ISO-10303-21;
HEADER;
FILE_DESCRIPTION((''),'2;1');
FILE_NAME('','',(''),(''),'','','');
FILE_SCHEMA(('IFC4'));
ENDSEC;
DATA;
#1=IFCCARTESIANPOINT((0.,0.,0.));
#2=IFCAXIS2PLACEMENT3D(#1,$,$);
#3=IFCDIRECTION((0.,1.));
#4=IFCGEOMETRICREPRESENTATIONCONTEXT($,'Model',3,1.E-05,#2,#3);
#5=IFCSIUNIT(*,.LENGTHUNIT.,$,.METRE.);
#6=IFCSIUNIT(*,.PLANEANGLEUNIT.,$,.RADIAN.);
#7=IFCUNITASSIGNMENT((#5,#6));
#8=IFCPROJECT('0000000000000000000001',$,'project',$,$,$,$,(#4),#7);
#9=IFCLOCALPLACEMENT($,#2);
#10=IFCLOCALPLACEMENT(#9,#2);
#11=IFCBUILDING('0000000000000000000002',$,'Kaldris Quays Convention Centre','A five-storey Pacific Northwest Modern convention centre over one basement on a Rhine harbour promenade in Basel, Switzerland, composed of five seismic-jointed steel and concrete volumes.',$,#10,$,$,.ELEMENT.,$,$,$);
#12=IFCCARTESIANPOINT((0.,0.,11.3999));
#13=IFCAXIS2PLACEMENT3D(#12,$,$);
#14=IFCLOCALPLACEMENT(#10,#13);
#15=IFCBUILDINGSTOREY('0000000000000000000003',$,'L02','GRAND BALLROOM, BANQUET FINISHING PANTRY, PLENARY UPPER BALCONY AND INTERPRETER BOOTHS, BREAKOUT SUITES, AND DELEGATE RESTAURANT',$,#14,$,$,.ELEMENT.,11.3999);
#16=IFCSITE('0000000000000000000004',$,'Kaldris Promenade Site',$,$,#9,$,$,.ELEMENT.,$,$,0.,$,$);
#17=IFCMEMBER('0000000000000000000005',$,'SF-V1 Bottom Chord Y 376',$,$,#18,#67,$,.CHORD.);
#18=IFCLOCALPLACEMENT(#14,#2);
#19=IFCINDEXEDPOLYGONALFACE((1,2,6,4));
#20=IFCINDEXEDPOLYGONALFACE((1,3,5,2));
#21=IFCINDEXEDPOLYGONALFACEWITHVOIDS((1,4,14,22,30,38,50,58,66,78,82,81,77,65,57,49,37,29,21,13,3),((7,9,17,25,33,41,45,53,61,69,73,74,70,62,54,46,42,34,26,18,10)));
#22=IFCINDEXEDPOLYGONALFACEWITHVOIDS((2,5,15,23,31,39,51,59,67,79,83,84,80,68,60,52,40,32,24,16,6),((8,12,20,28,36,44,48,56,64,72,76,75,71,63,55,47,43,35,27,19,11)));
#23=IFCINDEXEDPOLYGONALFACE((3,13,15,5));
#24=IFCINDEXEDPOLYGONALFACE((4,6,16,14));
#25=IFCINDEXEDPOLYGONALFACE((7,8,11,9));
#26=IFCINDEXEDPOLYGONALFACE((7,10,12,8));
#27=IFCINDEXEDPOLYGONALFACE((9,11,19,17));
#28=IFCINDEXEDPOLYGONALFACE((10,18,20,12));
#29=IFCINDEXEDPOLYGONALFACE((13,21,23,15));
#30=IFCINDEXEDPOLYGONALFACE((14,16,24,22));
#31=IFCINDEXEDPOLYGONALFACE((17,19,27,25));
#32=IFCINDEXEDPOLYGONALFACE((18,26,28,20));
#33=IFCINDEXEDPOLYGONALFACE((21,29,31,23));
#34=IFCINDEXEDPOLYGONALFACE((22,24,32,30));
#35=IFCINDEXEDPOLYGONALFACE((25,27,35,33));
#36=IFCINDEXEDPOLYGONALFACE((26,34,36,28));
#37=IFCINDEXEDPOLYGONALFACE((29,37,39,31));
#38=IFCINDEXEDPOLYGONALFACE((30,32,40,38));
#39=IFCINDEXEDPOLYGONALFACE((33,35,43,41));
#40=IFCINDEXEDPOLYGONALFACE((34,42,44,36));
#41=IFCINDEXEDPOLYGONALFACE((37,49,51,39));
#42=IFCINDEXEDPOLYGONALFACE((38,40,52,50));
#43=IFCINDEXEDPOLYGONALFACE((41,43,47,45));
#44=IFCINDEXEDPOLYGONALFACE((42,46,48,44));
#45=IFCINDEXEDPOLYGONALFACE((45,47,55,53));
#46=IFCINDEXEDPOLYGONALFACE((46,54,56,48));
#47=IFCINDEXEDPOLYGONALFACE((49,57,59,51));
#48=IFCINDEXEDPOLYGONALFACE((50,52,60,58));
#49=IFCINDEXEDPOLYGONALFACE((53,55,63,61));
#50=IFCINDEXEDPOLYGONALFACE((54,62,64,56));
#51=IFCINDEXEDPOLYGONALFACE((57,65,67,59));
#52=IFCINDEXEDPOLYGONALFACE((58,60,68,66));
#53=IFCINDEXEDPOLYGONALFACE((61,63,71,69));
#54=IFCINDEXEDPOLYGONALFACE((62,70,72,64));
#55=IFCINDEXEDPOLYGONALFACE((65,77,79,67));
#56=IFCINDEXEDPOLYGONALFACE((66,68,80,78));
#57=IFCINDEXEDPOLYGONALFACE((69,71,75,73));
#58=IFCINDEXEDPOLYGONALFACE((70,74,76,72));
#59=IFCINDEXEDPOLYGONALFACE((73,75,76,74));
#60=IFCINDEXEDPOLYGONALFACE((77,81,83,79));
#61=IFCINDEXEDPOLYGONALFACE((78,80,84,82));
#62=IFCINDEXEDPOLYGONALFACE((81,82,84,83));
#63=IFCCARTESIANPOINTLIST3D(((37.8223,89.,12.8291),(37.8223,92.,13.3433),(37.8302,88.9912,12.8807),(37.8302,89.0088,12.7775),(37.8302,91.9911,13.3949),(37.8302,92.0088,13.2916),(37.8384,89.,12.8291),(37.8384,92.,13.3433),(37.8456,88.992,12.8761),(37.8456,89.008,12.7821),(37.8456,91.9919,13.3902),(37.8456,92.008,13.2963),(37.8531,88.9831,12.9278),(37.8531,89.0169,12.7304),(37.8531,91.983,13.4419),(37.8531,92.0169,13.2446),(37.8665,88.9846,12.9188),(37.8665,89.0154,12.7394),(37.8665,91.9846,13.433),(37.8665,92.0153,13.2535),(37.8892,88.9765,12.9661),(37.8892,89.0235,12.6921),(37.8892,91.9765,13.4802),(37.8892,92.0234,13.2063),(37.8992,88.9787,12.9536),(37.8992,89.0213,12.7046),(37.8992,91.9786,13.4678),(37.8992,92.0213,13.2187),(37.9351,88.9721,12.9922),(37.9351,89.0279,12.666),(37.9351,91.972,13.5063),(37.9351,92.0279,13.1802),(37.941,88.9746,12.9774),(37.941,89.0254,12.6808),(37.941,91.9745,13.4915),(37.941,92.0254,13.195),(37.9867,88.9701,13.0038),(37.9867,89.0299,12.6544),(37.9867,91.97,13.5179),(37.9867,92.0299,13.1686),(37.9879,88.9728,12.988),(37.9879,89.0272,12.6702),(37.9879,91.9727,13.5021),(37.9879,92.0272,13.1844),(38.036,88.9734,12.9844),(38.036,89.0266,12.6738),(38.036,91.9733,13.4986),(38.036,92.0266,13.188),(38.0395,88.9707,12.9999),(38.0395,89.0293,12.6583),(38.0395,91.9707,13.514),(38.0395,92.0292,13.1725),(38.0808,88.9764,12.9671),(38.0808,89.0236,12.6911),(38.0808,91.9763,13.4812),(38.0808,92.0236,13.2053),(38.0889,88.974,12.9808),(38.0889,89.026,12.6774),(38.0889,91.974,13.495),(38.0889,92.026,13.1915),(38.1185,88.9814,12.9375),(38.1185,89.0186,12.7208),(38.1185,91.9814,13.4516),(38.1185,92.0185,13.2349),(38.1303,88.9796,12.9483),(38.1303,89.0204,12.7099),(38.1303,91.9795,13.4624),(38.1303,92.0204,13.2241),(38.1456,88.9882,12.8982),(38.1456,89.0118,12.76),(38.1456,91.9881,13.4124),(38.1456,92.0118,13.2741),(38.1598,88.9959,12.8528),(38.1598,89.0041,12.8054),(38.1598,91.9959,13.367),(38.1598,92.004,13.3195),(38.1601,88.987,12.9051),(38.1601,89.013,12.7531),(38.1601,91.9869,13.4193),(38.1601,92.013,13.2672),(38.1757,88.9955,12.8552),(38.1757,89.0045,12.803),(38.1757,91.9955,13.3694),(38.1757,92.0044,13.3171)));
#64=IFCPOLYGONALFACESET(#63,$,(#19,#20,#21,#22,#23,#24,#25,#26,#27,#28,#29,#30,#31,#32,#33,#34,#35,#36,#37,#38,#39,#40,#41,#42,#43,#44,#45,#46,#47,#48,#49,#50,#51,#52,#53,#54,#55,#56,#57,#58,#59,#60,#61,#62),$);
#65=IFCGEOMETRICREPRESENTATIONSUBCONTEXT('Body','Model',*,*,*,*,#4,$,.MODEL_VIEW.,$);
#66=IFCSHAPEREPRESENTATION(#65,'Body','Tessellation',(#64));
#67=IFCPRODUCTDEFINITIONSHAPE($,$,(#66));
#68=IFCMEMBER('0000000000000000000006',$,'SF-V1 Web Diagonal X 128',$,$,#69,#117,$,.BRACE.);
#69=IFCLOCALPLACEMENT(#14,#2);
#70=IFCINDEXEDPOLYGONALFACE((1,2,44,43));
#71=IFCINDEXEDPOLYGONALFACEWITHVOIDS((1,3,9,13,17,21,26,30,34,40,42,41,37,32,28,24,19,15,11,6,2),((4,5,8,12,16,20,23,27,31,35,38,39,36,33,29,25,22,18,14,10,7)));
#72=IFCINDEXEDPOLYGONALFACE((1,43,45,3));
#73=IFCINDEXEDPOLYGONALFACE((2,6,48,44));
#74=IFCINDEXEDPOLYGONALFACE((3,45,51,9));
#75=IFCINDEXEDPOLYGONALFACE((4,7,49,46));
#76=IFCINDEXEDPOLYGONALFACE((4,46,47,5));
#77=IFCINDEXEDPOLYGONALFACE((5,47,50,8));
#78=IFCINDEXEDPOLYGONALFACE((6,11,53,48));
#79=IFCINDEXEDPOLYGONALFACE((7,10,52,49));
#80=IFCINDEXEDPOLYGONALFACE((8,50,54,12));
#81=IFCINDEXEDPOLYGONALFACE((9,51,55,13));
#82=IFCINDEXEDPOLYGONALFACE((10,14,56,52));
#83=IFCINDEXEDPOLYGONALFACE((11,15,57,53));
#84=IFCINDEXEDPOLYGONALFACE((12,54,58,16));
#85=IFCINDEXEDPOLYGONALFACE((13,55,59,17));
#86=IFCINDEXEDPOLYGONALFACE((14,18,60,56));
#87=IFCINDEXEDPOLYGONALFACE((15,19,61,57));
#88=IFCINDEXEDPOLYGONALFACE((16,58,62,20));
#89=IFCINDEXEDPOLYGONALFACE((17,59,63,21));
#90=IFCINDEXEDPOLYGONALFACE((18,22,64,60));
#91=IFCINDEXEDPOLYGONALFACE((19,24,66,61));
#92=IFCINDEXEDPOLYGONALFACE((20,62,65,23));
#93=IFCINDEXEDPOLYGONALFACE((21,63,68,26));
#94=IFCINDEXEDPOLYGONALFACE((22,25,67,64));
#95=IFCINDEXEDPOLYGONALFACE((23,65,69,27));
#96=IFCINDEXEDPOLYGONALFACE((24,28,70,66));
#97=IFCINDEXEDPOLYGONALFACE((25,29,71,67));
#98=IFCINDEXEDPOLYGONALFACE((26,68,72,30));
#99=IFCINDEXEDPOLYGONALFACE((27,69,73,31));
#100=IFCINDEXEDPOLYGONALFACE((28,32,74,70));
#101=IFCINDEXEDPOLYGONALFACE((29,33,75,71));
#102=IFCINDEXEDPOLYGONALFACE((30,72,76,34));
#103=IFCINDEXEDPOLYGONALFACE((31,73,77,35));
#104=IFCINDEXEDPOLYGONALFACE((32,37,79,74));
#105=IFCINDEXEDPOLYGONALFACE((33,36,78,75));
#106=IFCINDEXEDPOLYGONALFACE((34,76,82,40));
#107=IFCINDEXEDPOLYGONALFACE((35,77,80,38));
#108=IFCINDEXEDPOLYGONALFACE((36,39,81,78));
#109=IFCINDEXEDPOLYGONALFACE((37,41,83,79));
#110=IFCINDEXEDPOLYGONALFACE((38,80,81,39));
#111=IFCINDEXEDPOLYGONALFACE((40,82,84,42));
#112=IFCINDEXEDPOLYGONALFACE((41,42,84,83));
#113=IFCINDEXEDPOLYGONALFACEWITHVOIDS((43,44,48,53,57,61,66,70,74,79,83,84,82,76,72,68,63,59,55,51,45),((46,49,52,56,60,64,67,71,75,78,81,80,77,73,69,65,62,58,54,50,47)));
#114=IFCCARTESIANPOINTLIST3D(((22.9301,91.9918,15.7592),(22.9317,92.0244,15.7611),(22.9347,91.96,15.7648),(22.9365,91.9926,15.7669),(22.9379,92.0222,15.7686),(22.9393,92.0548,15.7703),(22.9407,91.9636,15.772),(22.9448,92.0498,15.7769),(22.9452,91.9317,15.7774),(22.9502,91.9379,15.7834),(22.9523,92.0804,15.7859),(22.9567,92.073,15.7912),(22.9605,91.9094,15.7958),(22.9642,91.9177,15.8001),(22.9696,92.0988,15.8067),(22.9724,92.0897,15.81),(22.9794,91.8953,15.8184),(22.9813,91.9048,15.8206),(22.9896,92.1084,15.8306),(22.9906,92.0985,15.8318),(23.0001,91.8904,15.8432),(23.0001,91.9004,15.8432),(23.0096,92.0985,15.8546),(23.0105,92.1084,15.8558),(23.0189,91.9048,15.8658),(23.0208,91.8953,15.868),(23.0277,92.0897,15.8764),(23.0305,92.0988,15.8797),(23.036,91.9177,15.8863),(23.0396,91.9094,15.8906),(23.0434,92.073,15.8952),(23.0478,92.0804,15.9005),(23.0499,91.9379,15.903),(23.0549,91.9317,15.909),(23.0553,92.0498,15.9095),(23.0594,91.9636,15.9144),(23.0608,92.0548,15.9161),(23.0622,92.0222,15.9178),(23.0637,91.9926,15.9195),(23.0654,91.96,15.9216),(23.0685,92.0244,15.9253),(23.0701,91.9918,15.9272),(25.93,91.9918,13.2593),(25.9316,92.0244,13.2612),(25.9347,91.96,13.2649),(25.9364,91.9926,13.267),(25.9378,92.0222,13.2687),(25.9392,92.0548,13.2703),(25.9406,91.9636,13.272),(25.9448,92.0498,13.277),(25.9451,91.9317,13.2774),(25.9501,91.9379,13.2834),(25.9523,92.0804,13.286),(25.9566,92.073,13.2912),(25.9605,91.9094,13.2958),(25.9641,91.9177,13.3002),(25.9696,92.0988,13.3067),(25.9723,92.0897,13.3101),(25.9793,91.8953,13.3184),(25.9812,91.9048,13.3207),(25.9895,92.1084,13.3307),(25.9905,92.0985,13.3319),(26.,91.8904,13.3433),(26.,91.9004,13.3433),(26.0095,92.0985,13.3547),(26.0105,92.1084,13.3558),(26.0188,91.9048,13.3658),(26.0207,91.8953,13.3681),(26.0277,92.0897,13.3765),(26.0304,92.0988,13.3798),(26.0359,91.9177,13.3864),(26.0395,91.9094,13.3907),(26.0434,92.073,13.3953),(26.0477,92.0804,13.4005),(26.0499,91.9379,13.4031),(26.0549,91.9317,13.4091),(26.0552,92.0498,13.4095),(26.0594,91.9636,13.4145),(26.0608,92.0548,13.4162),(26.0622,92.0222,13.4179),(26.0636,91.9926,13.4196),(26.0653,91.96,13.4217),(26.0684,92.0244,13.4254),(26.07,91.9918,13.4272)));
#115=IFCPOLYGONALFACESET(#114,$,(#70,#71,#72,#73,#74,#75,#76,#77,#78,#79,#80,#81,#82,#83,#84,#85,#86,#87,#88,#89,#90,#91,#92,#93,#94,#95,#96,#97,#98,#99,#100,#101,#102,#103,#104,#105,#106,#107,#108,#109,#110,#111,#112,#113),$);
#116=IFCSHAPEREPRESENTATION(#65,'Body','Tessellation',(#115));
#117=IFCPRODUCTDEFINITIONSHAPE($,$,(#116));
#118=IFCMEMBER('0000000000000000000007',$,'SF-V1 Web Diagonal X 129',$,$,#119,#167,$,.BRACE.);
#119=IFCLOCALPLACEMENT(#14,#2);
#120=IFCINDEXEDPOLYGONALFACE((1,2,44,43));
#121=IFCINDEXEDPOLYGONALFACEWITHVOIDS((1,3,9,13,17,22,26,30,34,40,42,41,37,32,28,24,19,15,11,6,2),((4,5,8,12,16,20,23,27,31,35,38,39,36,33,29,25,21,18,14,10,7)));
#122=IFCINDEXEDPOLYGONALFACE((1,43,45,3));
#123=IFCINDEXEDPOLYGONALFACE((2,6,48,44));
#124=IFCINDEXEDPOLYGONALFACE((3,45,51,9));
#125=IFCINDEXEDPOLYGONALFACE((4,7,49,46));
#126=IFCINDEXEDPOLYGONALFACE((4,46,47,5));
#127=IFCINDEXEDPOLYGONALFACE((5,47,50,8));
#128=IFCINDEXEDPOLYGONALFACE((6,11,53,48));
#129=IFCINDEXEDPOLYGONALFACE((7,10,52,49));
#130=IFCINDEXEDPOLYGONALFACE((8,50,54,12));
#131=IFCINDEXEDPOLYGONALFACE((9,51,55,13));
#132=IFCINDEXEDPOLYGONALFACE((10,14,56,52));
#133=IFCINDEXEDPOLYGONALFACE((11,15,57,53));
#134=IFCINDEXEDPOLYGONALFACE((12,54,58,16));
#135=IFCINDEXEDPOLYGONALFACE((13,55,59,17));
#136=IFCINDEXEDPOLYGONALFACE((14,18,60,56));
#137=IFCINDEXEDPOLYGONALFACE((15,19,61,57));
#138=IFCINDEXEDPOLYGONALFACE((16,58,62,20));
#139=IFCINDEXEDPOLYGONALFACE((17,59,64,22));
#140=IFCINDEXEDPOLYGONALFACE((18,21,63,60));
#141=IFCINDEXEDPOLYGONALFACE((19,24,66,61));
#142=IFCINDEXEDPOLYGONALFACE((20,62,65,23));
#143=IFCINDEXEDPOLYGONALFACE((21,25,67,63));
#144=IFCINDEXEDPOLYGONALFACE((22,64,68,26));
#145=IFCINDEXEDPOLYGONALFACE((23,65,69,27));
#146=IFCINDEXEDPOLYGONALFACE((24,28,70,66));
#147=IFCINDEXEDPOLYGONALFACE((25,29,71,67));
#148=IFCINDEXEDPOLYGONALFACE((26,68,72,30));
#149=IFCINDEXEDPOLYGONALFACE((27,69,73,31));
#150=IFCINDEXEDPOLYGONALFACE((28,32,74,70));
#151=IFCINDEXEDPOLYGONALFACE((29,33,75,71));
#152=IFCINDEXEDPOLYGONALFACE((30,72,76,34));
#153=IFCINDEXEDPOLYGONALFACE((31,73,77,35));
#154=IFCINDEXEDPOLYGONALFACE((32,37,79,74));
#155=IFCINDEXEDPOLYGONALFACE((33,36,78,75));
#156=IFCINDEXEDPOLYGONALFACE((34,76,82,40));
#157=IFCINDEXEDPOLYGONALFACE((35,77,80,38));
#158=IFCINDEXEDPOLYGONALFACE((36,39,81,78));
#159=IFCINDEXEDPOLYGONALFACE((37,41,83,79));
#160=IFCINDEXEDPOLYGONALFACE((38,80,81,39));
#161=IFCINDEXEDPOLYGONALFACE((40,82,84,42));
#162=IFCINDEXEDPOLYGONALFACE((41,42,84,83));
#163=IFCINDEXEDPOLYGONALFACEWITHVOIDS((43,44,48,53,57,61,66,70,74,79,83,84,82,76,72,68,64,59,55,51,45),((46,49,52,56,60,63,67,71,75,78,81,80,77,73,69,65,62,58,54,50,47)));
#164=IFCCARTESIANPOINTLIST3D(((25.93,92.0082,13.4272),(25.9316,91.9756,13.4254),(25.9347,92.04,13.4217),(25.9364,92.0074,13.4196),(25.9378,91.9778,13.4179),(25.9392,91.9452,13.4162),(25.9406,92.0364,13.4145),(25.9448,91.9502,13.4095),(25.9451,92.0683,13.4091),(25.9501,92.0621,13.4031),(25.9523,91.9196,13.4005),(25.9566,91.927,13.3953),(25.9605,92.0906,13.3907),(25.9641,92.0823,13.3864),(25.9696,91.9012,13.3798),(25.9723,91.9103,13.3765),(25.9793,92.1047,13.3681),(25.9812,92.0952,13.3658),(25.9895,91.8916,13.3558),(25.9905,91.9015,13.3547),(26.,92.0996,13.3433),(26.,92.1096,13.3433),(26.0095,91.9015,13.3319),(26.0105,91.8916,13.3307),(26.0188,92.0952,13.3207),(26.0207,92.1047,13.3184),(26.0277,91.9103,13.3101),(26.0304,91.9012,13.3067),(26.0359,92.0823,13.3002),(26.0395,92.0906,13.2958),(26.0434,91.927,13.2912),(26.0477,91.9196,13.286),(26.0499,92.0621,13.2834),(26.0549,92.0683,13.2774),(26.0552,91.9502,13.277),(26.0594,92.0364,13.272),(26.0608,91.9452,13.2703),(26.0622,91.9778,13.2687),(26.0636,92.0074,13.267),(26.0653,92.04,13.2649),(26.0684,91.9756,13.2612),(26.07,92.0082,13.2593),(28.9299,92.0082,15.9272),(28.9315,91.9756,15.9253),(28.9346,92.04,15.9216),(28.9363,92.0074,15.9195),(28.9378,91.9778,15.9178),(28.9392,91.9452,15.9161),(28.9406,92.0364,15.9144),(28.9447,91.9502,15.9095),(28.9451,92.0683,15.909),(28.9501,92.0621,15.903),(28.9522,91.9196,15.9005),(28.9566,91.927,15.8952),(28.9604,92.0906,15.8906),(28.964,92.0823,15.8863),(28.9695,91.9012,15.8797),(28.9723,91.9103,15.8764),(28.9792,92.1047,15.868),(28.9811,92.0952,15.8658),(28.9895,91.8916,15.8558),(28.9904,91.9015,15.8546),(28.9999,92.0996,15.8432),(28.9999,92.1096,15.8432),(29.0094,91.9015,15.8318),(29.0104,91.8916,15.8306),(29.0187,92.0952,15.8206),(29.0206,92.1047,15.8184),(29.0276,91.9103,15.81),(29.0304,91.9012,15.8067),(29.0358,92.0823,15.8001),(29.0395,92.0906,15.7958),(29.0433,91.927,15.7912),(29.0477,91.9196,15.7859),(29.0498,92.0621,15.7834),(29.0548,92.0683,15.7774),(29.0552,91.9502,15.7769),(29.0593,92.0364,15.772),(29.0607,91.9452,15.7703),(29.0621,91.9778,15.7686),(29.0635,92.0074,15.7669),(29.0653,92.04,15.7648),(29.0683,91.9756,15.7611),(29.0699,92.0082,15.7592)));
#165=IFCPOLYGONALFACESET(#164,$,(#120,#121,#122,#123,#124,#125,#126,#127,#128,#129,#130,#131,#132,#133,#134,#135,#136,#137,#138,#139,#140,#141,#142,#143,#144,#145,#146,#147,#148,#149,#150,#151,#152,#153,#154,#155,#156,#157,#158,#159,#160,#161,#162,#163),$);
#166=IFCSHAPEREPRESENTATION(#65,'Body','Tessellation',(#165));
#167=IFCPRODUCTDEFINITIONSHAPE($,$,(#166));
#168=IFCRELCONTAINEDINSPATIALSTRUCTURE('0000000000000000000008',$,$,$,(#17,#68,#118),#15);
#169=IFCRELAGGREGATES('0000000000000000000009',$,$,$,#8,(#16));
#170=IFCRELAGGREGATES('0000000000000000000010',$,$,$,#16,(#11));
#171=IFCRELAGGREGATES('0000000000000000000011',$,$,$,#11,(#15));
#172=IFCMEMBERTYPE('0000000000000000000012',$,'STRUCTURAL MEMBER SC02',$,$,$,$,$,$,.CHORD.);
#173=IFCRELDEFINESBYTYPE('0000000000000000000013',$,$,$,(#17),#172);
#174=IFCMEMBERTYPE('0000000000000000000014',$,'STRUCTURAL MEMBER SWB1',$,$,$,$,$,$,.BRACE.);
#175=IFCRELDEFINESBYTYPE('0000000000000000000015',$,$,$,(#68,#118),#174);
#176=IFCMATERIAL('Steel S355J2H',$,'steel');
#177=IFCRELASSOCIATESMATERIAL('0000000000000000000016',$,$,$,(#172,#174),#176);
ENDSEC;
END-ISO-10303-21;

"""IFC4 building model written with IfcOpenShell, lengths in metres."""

from ifc_helpers import new_model, si_unit, direction, frame, origin, origin_2d, place, context, subcontext, project, spatial, hollow_circle, extrude, material, material_profile, profile_set, type_object, element, save


model = new_model("IFC4")

# Units and contexts
model_context = context("Model", 3, precision=1e-05, world=origin(), true_north=direction((0.0, 1.0)))
body_context = subcontext(model_context, "Body", "Model", "MODEL_VIEW")
ifc_project = project(units=[si_unit("LENGTHUNIT", "METRE"), si_unit("PLANEANGLEUNIT", "RADIAN")], contexts=[model_context])

# Site, building, storey
site_placement = place(None, origin())
site = spatial("IfcSite", under=ifc_project, at=site_placement, Name="Kaldris Promenade Site", CompositionType="ELEMENT", RefElevation=0.0)
building_placement = place(site_placement, origin())
building = spatial("IfcBuilding", under=site, at=building_placement, Name="Kaldris Quays Convention Centre", Description="A five-storey Pacific Northwest Modern convention centre over one basement on a Rhine harbour promenade in Basel, Switzerland, composed of five seismic-jointed steel and concrete volumes.", CompositionType="ELEMENT")
storey_placement = place(building_placement, frame((0.0, 0.0, 11.3999)))
storey = spatial("IfcBuildingStorey", under=building, at=storey_placement, Name="L02", Description="GRAND BALLROOM, BANQUET FINISHING PANTRY, PLENARY UPPER BALCONY AND INTERPRETER BOOTHS, BREAKOUT SUITES, AND DELEGATE RESTAURANT", CompositionType="ELEMENT", Elevation=11.3999)

# Members
ifc_material_1 = material(Name="Steel S355J2H", Category="steel")
ifc_material_profile_1 = material_profile(ifc_material_1, hollow_circle(Radius=0.1777, WallThickness=0.0161, at=origin_2d()), Name="CHS 355.6x16")
ifc_profile_set_1 = profile_set([ifc_material_profile_1], Name="Steel S355J2H")
member_type_1 = type_object("IfcMemberType", Name="STRUCTURAL MEMBER SC02", PredefinedType="CHORD", material=ifc_profile_set_1)
for number, where, z_axis, x_axis, name in (
    (1, (38.0, 89.0, 12.8291), (0.0, 0.985629, 0.168924), (-1.0, 0.0, 0.0), "SF-V1 Bottom Chord Y 376"),
):
    element("IfcMember", number, at=place(storey_placement, frame(where, z_axis=z_axis, x_axis=x_axis)), inside=storey, type_object=member_type_1, Name=name, PredefinedType="CHORD", context=body_context, shape_type="SweptSolid", body=[
        extrude(hollow_circle(Radius=0.1777, WallThickness=0.0161, at=origin_2d()), origin(), (0.0, 0.0, 1.0), 3.0437),
    ])
ifc_material_profile_2 = material_profile(ifc_material_1, hollow_circle(Radius=0.1096, WallThickness=0.01, at=origin_2d()), Name="CHS 219.1x10")
ifc_profile_set_2 = profile_set([ifc_material_profile_2], Name="Steel S355J2H")
member_type_2 = type_object("IfcMemberType", Name="STRUCTURAL MEMBER SWB1", PredefinedType="BRACE", material=ifc_profile_set_2)
for number, where, z_axis, x_axis, name in (
    (2, (26.0, 92.0, 13.3433), (-0.768221, 0.0, 0.640184), (0.0, -1.0, 0.0), "SF-V1 Web Diagonal X 128"),
    (3, (26.0, 92.0, 13.3433), (0.768221, 0.0, 0.640184), (0.0, 1.0, 0.0), "SF-V1 Web Diagonal X 129"),
):
    element("IfcMember", number, at=place(storey_placement, frame(where, z_axis=z_axis, x_axis=x_axis)), inside=storey, type_object=member_type_2, Name=name, PredefinedType="BRACE", context=body_context, shape_type="SweptSolid", body=[
        extrude(hollow_circle(Radius=0.1096, WallThickness=0.01, at=origin_2d()), origin(), (0.0, 0.0, 1.0), 3.905),
    ])

save(model, "model.ifc")
